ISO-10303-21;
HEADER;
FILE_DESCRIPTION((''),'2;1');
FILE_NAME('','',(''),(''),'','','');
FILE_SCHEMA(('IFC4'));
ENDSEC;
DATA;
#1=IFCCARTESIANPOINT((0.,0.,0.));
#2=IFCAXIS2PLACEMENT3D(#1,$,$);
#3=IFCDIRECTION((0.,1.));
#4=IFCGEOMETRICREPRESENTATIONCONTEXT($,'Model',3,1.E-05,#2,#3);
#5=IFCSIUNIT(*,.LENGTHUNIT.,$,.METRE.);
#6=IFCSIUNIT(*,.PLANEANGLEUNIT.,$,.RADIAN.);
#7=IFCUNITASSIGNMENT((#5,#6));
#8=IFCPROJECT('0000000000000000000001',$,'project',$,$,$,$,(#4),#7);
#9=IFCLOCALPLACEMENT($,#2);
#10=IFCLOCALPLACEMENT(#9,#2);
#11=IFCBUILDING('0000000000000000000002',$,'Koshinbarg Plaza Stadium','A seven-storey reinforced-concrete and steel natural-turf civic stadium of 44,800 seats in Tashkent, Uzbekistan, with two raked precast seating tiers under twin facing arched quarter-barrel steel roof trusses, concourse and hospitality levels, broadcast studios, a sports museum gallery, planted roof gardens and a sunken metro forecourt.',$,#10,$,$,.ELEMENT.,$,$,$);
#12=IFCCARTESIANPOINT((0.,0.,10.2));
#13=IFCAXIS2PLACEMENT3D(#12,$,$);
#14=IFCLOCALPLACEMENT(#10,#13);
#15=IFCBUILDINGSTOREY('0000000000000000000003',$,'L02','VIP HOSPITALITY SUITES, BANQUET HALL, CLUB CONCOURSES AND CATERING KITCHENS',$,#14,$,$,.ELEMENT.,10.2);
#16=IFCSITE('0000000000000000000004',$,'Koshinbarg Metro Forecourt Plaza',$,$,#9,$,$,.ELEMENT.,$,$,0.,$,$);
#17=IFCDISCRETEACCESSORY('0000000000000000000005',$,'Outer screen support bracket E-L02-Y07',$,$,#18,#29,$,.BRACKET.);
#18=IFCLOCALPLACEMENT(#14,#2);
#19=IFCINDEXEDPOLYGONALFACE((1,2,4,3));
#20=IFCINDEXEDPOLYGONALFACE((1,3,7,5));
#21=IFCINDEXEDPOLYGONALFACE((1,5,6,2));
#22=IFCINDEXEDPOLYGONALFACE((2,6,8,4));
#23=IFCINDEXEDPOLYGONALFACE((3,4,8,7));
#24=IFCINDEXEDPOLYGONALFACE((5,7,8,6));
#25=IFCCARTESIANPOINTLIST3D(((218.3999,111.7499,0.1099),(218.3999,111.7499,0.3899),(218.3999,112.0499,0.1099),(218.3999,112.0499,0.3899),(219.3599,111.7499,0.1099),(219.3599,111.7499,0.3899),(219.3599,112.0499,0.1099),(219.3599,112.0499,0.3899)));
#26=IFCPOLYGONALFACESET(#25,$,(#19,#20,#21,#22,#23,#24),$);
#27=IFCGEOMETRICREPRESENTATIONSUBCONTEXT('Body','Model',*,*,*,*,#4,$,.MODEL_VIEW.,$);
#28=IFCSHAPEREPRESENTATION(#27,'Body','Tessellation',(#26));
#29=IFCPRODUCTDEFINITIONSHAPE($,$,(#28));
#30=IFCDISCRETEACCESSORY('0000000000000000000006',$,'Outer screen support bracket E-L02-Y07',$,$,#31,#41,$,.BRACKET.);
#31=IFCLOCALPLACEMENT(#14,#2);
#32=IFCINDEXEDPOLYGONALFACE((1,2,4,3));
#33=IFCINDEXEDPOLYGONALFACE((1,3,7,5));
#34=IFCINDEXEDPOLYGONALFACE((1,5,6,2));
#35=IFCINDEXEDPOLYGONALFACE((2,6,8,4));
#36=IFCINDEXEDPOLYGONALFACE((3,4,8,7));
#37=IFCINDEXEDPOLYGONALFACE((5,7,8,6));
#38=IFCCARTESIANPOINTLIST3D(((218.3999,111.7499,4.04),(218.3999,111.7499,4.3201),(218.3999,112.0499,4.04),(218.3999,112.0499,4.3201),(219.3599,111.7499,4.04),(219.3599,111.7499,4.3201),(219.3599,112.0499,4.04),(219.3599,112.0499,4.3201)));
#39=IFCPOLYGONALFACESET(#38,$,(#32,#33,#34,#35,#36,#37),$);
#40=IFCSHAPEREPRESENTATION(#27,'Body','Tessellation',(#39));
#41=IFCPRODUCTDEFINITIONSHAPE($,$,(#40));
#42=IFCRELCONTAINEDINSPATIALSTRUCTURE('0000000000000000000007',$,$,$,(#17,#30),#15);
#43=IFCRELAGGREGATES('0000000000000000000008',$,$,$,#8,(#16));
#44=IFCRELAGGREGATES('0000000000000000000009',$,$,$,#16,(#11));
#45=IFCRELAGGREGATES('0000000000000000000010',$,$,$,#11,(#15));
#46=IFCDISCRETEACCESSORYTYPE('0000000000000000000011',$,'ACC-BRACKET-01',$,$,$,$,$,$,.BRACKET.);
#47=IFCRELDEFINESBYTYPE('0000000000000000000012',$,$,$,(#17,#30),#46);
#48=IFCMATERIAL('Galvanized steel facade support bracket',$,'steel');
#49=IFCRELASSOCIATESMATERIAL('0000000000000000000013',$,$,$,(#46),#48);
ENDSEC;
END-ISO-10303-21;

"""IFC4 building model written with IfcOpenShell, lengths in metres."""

from ifc_helpers import new_model, si_unit, direction, frame, origin, origin_2d, place, context, subcontext, project, spatial, rectangle, extrude, material, type_object, element, save


model = new_model("IFC4")

# Units and contexts
model_context = context("Model", 3, precision=1e-05, world=origin(), true_north=direction((0.0, 1.0)))
body_context = subcontext(model_context, "Body", "Model", "MODEL_VIEW")
ifc_project = project(units=[si_unit("LENGTHUNIT", "METRE"), si_unit("PLANEANGLEUNIT", "RADIAN")], contexts=[model_context])

# Site, building, storey
site_placement = place(None, origin())
site = spatial("IfcSite", under=ifc_project, at=site_placement, Name="Koshinbarg Metro Forecourt Plaza", CompositionType="ELEMENT", RefElevation=0.0)
building_placement = place(site_placement, origin())
building = spatial("IfcBuilding", under=site, at=building_placement, Name="Koshinbarg Plaza Stadium", Description="A seven-storey reinforced-concrete and steel natural-turf civic stadium of 44,800 seats in Tashkent, Uzbekistan, with two raked precast seating tiers under twin facing arched quarter-barrel steel roof trusses, concourse and hospitality levels, broadcast studios, a sports museum gallery, planted roof gardens and a sunken metro forecourt.", CompositionType="ELEMENT")
storey_placement = place(building_placement, frame((0.0, 0.0, 10.2)))
storey = spatial("IfcBuildingStorey", under=building, at=storey_placement, Name="L02", Description="VIP HOSPITALITY SUITES, BANQUET HALL, CLUB CONCOURSES AND CATERING KITCHENS", CompositionType="ELEMENT", Elevation=10.2)

# Discrete accessories
ifc_material_1 = material(Name="Galvanized steel facade support bracket", Category="steel")
discrete_accessory_type = type_object("IfcDiscreteAccessoryType", Name="ACC-BRACKET-01", PredefinedType="BRACKET", material=ifc_material_1)
for number, where, z_axis, x_axis, name in (
    (1, (218.8799, 111.8999, 0.1099), (0.0, 0.0, 1.0), (1.0, 0.0, 0.0), "Outer screen support bracket E-L02-Y07"),
    (2, (218.8799, 111.8999, 4.04), (0.0, 0.0, 1.0), (1.0, 0.0, 0.0), "Outer screen support bracket E-L02-Y07"),
):
    element("IfcDiscreteAccessory", number, at=place(storey_placement, frame(where, z_axis=z_axis, x_axis=x_axis)), inside=storey, type_object=discrete_accessory_type, Name=name, PredefinedType="BRACKET", context=body_context, shape_type="SweptSolid", body=[
        extrude(rectangle(XDim=0.96, YDim=0.3, at=origin_2d()), origin(), (0.0, 0.0, 1.0), 0.28),
    ])

save(model, "model.ifc")
